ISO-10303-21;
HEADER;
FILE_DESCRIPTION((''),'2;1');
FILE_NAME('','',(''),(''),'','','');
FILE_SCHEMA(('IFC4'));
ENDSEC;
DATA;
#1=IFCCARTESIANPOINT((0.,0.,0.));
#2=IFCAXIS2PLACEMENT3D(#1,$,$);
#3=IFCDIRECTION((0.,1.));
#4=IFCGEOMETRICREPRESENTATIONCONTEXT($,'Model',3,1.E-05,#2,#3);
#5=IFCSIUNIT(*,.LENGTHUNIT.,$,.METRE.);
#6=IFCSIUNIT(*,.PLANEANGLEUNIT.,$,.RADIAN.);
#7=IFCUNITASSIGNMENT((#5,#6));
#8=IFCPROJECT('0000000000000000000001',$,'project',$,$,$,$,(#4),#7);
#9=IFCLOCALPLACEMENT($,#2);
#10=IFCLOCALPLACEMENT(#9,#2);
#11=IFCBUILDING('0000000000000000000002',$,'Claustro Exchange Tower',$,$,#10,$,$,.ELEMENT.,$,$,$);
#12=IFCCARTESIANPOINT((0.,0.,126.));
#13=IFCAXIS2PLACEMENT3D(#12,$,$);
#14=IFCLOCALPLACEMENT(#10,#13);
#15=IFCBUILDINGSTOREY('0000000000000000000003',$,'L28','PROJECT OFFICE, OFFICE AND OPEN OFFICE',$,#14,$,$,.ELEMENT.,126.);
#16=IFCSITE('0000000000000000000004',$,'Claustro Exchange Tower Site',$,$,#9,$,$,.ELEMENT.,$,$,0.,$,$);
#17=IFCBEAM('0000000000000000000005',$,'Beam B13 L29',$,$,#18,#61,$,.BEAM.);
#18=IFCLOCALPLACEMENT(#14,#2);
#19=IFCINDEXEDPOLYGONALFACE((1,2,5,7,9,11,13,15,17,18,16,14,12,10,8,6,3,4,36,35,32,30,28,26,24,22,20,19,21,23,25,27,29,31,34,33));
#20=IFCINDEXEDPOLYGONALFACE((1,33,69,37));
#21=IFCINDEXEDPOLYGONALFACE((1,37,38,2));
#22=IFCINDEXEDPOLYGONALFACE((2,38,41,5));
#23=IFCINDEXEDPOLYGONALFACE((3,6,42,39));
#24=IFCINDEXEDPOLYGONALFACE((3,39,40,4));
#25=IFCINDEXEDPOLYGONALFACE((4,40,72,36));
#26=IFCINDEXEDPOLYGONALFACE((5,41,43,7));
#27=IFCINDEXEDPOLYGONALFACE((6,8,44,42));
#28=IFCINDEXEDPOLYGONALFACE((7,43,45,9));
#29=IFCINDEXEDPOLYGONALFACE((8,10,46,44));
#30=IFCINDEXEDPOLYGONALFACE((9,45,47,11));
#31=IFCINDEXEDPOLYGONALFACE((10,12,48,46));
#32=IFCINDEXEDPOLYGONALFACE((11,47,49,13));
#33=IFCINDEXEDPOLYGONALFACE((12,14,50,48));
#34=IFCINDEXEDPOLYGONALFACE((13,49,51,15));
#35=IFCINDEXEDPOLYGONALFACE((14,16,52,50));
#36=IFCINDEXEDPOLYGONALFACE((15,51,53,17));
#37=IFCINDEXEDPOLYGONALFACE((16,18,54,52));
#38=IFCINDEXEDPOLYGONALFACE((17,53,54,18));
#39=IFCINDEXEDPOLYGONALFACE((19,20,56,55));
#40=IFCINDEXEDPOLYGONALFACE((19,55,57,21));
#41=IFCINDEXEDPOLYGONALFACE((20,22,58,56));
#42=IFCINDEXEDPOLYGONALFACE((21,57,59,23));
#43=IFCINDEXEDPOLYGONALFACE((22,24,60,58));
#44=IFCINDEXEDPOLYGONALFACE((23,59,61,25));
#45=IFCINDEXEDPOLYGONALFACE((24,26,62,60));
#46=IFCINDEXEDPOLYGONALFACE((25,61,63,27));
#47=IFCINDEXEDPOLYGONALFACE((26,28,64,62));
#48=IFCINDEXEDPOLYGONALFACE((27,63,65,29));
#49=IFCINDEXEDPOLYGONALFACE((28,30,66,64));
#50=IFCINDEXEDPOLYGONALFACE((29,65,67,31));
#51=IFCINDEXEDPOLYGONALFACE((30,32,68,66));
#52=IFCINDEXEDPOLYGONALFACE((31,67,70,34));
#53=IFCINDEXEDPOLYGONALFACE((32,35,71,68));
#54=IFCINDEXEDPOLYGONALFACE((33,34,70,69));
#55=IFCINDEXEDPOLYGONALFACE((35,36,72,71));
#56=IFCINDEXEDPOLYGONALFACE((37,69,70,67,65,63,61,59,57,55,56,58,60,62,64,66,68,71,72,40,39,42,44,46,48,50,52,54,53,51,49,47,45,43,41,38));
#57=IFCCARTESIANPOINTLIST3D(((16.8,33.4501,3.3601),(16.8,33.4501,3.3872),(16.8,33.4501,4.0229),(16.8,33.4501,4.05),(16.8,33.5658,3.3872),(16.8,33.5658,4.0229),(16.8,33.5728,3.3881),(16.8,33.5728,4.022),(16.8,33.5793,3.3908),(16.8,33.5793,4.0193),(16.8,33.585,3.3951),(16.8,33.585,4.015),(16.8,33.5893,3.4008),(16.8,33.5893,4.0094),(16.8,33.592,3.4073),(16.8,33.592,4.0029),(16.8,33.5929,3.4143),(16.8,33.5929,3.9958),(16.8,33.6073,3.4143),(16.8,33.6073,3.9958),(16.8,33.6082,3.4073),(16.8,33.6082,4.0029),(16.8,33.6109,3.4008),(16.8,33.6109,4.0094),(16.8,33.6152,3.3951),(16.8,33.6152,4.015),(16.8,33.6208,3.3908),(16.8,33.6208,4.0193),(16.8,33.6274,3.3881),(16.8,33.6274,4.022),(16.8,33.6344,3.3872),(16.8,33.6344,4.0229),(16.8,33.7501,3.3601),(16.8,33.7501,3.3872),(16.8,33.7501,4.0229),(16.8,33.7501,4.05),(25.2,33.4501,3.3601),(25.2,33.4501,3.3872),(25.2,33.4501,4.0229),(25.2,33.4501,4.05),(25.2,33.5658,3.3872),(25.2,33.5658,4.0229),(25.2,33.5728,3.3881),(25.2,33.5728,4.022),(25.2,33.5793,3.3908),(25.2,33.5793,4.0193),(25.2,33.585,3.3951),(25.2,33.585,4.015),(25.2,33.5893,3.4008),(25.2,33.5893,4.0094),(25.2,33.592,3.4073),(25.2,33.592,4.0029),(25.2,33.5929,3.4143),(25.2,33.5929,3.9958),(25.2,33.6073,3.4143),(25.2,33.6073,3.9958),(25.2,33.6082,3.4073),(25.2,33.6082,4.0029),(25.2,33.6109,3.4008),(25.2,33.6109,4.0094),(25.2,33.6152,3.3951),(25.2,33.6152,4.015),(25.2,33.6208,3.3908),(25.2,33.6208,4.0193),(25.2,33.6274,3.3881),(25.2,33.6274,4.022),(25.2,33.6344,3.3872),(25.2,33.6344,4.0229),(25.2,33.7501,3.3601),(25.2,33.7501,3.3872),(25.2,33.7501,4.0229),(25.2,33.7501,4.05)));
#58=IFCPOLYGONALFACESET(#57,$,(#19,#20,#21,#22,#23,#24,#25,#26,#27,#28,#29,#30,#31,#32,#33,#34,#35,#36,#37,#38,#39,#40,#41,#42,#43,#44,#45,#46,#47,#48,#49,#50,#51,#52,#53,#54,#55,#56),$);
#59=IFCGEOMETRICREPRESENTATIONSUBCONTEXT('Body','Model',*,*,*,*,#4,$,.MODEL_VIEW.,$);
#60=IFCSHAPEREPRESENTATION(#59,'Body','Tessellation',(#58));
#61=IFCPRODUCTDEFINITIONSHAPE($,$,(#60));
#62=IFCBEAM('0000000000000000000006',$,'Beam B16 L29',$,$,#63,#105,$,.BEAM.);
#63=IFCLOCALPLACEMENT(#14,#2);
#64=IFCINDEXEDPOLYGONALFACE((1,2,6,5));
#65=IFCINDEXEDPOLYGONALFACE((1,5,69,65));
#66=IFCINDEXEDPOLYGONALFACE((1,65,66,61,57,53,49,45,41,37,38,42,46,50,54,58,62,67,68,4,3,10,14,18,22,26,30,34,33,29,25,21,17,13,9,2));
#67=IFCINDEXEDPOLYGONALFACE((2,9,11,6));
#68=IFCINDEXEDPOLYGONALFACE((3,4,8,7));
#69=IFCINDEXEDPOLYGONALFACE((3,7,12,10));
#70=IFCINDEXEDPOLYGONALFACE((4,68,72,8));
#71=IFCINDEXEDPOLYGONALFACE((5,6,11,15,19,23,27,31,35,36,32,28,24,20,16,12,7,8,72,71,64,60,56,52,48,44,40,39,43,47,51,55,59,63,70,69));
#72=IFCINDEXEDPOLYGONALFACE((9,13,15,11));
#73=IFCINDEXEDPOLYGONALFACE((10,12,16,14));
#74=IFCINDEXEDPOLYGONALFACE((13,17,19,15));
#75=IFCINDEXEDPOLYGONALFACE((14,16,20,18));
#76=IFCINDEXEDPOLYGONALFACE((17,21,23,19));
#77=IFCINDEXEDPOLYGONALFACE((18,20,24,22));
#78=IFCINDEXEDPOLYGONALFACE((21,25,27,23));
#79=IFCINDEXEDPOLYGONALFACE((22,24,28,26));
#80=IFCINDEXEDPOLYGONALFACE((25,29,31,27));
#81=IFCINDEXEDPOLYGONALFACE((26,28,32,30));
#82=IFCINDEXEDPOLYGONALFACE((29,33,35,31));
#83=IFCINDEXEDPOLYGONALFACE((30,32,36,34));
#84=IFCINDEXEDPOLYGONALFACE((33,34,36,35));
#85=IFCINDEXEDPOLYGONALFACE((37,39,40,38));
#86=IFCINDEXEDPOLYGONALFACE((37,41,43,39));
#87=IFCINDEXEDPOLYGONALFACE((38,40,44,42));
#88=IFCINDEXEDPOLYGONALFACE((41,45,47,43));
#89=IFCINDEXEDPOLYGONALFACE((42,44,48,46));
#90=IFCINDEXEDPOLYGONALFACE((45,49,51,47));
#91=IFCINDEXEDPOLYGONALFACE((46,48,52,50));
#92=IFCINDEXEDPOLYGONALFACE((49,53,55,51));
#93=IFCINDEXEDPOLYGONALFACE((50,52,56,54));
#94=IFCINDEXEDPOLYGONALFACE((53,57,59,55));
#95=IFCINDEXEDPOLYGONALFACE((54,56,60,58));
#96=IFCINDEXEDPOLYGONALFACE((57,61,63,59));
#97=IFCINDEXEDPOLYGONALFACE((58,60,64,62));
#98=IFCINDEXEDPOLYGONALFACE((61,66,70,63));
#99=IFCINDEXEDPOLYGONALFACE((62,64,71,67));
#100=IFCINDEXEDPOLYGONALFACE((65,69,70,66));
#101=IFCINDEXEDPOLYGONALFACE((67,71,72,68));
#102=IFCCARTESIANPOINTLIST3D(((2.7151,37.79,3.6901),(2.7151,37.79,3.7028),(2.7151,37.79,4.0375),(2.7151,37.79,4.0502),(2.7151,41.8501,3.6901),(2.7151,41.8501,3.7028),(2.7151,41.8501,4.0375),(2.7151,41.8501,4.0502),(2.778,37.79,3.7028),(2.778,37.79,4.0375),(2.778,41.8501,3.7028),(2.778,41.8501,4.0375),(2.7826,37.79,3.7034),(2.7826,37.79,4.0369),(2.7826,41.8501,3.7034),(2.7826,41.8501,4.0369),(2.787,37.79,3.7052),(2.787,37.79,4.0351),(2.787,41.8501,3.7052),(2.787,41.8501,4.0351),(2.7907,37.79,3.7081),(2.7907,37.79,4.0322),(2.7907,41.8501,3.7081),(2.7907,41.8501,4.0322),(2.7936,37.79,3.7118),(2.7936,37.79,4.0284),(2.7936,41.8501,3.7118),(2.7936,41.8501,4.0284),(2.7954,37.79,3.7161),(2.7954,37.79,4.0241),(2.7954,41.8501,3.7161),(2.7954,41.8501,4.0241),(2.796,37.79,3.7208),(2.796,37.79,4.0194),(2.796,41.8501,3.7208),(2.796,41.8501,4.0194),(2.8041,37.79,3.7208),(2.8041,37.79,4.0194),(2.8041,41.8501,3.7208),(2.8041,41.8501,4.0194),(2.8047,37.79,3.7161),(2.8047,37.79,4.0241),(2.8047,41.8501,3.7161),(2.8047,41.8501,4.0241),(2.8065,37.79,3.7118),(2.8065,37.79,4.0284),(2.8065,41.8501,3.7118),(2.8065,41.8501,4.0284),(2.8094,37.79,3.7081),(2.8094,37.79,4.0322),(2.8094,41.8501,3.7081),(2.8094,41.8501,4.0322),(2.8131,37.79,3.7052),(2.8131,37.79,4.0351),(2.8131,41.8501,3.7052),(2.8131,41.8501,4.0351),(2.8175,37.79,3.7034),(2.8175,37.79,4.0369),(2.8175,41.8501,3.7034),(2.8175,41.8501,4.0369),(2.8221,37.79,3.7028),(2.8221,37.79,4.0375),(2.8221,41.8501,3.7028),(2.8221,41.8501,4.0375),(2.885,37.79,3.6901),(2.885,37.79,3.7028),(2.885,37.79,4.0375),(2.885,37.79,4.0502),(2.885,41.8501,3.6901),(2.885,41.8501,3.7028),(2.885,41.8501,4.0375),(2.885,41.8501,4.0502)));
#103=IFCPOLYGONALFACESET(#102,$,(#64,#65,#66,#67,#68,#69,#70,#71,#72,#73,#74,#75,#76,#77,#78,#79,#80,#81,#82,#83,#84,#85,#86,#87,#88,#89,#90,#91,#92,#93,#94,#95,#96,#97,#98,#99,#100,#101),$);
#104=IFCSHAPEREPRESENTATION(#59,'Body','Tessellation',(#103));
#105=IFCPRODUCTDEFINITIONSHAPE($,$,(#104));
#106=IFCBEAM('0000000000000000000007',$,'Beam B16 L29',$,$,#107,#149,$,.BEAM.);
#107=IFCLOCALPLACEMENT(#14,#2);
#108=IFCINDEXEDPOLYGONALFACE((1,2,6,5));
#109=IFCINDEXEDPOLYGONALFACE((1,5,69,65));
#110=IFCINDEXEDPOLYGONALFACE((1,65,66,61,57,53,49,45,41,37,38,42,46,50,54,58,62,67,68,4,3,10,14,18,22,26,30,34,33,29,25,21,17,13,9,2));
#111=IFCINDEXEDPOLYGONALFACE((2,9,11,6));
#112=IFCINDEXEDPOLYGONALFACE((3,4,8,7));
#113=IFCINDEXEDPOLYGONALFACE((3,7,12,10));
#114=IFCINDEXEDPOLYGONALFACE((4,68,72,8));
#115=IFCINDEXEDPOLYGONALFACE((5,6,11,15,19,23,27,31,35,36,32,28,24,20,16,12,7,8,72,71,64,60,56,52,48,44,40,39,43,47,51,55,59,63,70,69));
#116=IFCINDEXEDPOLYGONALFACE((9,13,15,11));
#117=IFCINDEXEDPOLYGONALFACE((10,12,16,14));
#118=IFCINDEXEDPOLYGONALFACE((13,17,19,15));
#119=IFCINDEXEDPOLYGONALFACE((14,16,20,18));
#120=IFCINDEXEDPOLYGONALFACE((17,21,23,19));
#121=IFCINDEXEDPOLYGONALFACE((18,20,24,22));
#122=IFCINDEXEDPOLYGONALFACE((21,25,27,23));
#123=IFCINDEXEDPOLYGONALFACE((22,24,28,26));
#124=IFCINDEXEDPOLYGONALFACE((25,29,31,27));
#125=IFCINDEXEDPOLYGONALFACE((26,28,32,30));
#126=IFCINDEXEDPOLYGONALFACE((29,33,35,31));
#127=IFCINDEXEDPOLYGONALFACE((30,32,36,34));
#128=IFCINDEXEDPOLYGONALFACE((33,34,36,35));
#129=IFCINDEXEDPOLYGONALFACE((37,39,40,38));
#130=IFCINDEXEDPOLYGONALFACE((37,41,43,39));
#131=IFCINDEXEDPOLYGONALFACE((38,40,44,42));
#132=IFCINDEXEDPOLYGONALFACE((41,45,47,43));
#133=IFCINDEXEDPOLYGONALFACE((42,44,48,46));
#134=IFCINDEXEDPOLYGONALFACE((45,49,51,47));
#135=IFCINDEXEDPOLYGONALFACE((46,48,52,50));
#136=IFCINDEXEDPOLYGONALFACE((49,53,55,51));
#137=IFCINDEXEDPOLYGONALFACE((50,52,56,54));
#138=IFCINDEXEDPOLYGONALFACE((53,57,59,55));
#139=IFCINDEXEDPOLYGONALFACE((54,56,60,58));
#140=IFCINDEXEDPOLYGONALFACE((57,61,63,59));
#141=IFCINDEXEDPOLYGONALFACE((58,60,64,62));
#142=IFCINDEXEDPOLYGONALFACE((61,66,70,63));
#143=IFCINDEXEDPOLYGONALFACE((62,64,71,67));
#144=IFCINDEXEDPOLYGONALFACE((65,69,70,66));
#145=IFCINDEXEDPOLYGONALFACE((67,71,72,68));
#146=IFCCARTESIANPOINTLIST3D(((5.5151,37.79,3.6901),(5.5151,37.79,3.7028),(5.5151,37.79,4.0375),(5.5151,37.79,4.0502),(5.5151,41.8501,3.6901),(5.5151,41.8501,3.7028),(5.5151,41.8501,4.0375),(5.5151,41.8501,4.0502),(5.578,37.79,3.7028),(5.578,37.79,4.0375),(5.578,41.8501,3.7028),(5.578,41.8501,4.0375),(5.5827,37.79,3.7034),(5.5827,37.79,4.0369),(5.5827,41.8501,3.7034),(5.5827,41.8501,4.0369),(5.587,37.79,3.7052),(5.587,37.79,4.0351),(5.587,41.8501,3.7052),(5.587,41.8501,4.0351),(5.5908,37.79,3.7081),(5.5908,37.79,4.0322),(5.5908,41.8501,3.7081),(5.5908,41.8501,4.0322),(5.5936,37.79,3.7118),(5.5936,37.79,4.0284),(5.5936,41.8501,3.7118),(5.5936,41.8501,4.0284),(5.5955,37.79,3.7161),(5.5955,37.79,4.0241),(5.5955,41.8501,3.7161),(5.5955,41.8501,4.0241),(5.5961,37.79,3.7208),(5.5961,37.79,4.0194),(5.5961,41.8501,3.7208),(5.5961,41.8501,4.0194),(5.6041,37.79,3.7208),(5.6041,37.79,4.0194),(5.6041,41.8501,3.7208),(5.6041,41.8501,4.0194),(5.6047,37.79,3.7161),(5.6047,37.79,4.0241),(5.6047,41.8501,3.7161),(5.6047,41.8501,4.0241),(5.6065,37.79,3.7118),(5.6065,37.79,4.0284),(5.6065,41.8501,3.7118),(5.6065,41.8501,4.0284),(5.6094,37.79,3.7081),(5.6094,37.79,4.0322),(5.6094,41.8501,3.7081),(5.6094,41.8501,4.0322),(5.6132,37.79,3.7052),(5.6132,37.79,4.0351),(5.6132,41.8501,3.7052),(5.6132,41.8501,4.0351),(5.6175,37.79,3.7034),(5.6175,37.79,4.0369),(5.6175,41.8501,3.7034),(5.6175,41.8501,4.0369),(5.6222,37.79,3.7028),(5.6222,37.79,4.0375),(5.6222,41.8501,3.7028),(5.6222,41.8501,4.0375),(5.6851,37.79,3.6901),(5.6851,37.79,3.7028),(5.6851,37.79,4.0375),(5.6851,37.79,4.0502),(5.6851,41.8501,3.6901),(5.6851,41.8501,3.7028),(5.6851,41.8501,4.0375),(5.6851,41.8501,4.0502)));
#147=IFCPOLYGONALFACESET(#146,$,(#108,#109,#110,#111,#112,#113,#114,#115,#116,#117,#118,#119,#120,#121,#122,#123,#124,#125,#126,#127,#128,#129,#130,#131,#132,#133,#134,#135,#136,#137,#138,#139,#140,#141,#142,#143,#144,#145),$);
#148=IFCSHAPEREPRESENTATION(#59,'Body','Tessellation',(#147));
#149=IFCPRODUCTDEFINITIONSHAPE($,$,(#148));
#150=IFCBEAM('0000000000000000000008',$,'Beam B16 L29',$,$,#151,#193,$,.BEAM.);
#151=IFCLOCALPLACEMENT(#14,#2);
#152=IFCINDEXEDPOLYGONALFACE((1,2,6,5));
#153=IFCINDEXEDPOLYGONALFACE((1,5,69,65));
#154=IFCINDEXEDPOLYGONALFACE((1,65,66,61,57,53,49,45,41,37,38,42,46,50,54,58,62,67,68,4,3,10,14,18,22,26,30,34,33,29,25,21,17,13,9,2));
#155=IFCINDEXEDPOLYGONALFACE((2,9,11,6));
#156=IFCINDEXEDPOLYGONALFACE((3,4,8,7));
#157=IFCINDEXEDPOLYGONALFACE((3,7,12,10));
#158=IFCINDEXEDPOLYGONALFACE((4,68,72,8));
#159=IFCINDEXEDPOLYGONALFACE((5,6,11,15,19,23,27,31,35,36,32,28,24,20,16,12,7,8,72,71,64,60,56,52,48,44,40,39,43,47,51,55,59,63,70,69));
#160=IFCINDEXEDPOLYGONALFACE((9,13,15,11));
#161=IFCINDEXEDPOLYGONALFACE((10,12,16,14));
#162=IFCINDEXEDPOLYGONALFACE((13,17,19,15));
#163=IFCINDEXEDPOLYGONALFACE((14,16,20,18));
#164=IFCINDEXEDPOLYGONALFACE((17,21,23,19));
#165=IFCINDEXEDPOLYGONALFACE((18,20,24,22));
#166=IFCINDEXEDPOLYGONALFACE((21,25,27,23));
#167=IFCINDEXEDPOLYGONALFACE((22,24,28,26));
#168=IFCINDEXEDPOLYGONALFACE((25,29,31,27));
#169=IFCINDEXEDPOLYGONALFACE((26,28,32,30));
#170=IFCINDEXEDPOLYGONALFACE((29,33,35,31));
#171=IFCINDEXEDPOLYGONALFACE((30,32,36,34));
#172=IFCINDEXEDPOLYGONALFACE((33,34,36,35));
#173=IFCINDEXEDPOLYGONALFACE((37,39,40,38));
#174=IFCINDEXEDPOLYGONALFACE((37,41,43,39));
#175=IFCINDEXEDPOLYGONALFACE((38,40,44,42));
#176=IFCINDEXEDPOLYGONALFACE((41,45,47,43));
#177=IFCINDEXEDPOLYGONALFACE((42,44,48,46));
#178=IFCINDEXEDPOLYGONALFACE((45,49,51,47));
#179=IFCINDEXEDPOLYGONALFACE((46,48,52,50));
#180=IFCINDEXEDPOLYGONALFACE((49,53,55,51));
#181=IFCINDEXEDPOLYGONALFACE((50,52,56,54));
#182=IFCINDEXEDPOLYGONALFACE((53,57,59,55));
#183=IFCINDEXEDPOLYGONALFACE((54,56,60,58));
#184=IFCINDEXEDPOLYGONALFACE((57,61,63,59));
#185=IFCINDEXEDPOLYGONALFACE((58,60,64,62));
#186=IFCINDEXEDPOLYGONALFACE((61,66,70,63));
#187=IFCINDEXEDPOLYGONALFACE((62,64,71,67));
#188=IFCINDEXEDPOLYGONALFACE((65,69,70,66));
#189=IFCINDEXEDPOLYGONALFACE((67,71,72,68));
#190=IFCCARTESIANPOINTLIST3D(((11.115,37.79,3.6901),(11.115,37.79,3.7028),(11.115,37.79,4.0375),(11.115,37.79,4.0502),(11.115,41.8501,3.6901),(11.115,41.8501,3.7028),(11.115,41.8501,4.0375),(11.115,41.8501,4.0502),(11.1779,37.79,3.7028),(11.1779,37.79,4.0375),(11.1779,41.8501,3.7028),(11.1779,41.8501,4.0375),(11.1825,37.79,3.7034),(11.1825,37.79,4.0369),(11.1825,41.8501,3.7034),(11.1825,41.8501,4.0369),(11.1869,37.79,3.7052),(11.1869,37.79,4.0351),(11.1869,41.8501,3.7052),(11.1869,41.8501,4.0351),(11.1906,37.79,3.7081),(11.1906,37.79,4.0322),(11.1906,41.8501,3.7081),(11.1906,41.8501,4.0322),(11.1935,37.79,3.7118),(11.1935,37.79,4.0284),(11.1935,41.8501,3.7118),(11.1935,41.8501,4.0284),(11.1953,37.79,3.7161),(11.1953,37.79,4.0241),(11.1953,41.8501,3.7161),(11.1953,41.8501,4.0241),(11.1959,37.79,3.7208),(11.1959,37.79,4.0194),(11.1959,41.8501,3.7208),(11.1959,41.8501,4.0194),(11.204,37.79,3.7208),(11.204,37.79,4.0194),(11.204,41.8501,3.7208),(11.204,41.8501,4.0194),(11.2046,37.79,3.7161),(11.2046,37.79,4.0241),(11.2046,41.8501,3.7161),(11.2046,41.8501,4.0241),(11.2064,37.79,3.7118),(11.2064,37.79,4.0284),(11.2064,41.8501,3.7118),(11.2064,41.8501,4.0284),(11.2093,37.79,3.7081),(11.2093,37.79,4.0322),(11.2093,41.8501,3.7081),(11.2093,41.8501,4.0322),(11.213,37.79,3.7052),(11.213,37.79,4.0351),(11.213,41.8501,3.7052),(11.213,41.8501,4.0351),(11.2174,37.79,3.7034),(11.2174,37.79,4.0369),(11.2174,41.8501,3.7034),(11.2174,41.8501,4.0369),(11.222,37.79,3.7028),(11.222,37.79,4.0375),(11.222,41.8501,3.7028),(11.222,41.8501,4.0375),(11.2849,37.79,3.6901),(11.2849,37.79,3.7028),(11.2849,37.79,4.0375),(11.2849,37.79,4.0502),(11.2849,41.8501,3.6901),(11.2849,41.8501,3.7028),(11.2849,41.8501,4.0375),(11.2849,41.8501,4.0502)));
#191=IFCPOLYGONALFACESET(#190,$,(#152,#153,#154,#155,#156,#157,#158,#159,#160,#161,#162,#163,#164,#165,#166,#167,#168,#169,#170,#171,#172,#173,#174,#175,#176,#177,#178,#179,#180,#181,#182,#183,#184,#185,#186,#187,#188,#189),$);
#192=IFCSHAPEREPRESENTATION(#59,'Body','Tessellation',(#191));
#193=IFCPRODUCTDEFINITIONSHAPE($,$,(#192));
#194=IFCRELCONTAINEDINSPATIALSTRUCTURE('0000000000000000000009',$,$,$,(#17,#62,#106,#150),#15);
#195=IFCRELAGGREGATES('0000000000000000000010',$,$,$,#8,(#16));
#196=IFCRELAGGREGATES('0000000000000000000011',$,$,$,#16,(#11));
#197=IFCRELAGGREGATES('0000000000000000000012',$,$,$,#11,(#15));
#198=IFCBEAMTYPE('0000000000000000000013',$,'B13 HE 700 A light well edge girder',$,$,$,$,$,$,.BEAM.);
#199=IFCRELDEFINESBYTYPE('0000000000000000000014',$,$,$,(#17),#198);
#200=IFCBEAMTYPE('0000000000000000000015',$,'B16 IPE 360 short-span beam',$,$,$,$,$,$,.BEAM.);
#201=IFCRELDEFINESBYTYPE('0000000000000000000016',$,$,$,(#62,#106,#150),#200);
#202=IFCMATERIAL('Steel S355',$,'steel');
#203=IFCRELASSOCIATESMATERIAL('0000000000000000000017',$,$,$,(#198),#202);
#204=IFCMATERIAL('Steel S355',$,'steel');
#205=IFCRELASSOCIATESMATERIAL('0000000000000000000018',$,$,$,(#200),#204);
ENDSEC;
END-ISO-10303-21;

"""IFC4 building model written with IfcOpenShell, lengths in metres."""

from ifc_helpers import new_model, si_unit, direction, frame, origin, origin_2d, place, context, subcontext, project, spatial, i_section, extrude, material, material_profile, profile_set, type_object, element, save


model = new_model("IFC4")

# Units and contexts
model_context = context("Model", 3, precision=1e-05, world=origin(), true_north=direction((0.0, 1.0)))
body_context = subcontext(model_context, "Body", "Model", "MODEL_VIEW")
ifc_project = project(units=[si_unit("LENGTHUNIT", "METRE"), si_unit("PLANEANGLEUNIT", "RADIAN")], contexts=[model_context])

# Site, building, storey
site_placement = place(None, origin())
site = spatial("IfcSite", under=ifc_project, at=site_placement, Name="Claustro Exchange Tower Site", CompositionType="ELEMENT", RefElevation=0.0)
building_placement = place(site_placement, origin())
building = spatial("IfcBuilding", under=site, at=building_placement, Name="Claustro Exchange Tower", CompositionType="ELEMENT")
storey_placement = place(building_placement, frame((0.0, 0.0, 126.0)))
storey = spatial("IfcBuildingStorey", under=building, at=storey_placement, Name="L28", Description="PROJECT OFFICE, OFFICE AND OPEN OFFICE", CompositionType="ELEMENT", Elevation=126.0)

# Beams
ifc_material_1 = material(Name="Steel S355", Category="steel")
ifc_material_profile_1 = material_profile(ifc_material_1, i_section(OverallWidth=0.3, OverallDepth=0.6899, WebThickness=0.0144, FlangeThickness=0.0271, FilletRadius=0.0271, at=origin_2d()), Name="HE 700 A")
ifc_profile_set_1 = profile_set([ifc_material_profile_1], Name="Steel S355")
beam_type_1 = type_object("IfcBeamType", Name="B13 HE 700 A light well edge girder", PredefinedType="BEAM", material=ifc_profile_set_1)
beam_placement = place(storey_placement, frame((16.8, 33.6001, 3.7051), z_axis=(1.0, 0.0, 0.0), x_axis=(0.0, 1.0, 0.0)))
element("IfcBeam", 1, at=beam_placement, inside=storey, type_object=beam_type_1, Name="Beam B13 L29", PredefinedType="BEAM", context=body_context, shape_type="SweptSolid", body=[
    extrude(i_section(OverallWidth=0.3, OverallDepth=0.6899, WebThickness=0.0144, FlangeThickness=0.0271, FilletRadius=0.0271, at=origin_2d()), origin(), (0.0, 0.0, 1.0), 8.3999),
])
ifc_material_2 = material(Name="Steel S355", Category="steel")
ifc_material_profile_2 = material_profile(ifc_material_2, i_section(OverallWidth=0.1699, OverallDepth=0.3601, WebThickness=0.0081, FlangeThickness=0.0127, FilletRadius=0.0181, at=origin_2d()), Name="IPE 360")
ifc_profile_set_2 = profile_set([ifc_material_profile_2], Name="Steel S355")
beam_type_2 = type_object("IfcBeamType", Name="B16 IPE 360 short-span beam", PredefinedType="BEAM", material=ifc_profile_set_2)
for number, where, z_axis, x_axis, name in (
    (2, (2.8, 37.79, 3.8701), (0.0, 1.0, 0.0), (-1.0, 0.0, 0.0), "Beam B16 L29"),
    (3, (5.6001, 37.79, 3.8701), (0.0, 1.0, 0.0), (-1.0, 0.0, 0.0), "Beam B16 L29"),
    (4, (11.2, 37.79, 3.8701), (0.0, 1.0, 0.0), (-1.0, 0.0, 0.0), "Beam B16 L29"),
):
    element("IfcBeam", number, at=place(storey_placement, frame(where, z_axis=z_axis, x_axis=x_axis)), inside=storey, type_object=beam_type_2, Name=name, PredefinedType="BEAM", context=body_context, shape_type="SweptSolid", body=[
        extrude(i_section(OverallWidth=0.1699, OverallDepth=0.3601, WebThickness=0.0081, FlangeThickness=0.0127, FilletRadius=0.0181, at=origin_2d()), origin(), (0.0, 0.0, 1.0), 4.0601),
    ])

save(model, "model.ifc")
